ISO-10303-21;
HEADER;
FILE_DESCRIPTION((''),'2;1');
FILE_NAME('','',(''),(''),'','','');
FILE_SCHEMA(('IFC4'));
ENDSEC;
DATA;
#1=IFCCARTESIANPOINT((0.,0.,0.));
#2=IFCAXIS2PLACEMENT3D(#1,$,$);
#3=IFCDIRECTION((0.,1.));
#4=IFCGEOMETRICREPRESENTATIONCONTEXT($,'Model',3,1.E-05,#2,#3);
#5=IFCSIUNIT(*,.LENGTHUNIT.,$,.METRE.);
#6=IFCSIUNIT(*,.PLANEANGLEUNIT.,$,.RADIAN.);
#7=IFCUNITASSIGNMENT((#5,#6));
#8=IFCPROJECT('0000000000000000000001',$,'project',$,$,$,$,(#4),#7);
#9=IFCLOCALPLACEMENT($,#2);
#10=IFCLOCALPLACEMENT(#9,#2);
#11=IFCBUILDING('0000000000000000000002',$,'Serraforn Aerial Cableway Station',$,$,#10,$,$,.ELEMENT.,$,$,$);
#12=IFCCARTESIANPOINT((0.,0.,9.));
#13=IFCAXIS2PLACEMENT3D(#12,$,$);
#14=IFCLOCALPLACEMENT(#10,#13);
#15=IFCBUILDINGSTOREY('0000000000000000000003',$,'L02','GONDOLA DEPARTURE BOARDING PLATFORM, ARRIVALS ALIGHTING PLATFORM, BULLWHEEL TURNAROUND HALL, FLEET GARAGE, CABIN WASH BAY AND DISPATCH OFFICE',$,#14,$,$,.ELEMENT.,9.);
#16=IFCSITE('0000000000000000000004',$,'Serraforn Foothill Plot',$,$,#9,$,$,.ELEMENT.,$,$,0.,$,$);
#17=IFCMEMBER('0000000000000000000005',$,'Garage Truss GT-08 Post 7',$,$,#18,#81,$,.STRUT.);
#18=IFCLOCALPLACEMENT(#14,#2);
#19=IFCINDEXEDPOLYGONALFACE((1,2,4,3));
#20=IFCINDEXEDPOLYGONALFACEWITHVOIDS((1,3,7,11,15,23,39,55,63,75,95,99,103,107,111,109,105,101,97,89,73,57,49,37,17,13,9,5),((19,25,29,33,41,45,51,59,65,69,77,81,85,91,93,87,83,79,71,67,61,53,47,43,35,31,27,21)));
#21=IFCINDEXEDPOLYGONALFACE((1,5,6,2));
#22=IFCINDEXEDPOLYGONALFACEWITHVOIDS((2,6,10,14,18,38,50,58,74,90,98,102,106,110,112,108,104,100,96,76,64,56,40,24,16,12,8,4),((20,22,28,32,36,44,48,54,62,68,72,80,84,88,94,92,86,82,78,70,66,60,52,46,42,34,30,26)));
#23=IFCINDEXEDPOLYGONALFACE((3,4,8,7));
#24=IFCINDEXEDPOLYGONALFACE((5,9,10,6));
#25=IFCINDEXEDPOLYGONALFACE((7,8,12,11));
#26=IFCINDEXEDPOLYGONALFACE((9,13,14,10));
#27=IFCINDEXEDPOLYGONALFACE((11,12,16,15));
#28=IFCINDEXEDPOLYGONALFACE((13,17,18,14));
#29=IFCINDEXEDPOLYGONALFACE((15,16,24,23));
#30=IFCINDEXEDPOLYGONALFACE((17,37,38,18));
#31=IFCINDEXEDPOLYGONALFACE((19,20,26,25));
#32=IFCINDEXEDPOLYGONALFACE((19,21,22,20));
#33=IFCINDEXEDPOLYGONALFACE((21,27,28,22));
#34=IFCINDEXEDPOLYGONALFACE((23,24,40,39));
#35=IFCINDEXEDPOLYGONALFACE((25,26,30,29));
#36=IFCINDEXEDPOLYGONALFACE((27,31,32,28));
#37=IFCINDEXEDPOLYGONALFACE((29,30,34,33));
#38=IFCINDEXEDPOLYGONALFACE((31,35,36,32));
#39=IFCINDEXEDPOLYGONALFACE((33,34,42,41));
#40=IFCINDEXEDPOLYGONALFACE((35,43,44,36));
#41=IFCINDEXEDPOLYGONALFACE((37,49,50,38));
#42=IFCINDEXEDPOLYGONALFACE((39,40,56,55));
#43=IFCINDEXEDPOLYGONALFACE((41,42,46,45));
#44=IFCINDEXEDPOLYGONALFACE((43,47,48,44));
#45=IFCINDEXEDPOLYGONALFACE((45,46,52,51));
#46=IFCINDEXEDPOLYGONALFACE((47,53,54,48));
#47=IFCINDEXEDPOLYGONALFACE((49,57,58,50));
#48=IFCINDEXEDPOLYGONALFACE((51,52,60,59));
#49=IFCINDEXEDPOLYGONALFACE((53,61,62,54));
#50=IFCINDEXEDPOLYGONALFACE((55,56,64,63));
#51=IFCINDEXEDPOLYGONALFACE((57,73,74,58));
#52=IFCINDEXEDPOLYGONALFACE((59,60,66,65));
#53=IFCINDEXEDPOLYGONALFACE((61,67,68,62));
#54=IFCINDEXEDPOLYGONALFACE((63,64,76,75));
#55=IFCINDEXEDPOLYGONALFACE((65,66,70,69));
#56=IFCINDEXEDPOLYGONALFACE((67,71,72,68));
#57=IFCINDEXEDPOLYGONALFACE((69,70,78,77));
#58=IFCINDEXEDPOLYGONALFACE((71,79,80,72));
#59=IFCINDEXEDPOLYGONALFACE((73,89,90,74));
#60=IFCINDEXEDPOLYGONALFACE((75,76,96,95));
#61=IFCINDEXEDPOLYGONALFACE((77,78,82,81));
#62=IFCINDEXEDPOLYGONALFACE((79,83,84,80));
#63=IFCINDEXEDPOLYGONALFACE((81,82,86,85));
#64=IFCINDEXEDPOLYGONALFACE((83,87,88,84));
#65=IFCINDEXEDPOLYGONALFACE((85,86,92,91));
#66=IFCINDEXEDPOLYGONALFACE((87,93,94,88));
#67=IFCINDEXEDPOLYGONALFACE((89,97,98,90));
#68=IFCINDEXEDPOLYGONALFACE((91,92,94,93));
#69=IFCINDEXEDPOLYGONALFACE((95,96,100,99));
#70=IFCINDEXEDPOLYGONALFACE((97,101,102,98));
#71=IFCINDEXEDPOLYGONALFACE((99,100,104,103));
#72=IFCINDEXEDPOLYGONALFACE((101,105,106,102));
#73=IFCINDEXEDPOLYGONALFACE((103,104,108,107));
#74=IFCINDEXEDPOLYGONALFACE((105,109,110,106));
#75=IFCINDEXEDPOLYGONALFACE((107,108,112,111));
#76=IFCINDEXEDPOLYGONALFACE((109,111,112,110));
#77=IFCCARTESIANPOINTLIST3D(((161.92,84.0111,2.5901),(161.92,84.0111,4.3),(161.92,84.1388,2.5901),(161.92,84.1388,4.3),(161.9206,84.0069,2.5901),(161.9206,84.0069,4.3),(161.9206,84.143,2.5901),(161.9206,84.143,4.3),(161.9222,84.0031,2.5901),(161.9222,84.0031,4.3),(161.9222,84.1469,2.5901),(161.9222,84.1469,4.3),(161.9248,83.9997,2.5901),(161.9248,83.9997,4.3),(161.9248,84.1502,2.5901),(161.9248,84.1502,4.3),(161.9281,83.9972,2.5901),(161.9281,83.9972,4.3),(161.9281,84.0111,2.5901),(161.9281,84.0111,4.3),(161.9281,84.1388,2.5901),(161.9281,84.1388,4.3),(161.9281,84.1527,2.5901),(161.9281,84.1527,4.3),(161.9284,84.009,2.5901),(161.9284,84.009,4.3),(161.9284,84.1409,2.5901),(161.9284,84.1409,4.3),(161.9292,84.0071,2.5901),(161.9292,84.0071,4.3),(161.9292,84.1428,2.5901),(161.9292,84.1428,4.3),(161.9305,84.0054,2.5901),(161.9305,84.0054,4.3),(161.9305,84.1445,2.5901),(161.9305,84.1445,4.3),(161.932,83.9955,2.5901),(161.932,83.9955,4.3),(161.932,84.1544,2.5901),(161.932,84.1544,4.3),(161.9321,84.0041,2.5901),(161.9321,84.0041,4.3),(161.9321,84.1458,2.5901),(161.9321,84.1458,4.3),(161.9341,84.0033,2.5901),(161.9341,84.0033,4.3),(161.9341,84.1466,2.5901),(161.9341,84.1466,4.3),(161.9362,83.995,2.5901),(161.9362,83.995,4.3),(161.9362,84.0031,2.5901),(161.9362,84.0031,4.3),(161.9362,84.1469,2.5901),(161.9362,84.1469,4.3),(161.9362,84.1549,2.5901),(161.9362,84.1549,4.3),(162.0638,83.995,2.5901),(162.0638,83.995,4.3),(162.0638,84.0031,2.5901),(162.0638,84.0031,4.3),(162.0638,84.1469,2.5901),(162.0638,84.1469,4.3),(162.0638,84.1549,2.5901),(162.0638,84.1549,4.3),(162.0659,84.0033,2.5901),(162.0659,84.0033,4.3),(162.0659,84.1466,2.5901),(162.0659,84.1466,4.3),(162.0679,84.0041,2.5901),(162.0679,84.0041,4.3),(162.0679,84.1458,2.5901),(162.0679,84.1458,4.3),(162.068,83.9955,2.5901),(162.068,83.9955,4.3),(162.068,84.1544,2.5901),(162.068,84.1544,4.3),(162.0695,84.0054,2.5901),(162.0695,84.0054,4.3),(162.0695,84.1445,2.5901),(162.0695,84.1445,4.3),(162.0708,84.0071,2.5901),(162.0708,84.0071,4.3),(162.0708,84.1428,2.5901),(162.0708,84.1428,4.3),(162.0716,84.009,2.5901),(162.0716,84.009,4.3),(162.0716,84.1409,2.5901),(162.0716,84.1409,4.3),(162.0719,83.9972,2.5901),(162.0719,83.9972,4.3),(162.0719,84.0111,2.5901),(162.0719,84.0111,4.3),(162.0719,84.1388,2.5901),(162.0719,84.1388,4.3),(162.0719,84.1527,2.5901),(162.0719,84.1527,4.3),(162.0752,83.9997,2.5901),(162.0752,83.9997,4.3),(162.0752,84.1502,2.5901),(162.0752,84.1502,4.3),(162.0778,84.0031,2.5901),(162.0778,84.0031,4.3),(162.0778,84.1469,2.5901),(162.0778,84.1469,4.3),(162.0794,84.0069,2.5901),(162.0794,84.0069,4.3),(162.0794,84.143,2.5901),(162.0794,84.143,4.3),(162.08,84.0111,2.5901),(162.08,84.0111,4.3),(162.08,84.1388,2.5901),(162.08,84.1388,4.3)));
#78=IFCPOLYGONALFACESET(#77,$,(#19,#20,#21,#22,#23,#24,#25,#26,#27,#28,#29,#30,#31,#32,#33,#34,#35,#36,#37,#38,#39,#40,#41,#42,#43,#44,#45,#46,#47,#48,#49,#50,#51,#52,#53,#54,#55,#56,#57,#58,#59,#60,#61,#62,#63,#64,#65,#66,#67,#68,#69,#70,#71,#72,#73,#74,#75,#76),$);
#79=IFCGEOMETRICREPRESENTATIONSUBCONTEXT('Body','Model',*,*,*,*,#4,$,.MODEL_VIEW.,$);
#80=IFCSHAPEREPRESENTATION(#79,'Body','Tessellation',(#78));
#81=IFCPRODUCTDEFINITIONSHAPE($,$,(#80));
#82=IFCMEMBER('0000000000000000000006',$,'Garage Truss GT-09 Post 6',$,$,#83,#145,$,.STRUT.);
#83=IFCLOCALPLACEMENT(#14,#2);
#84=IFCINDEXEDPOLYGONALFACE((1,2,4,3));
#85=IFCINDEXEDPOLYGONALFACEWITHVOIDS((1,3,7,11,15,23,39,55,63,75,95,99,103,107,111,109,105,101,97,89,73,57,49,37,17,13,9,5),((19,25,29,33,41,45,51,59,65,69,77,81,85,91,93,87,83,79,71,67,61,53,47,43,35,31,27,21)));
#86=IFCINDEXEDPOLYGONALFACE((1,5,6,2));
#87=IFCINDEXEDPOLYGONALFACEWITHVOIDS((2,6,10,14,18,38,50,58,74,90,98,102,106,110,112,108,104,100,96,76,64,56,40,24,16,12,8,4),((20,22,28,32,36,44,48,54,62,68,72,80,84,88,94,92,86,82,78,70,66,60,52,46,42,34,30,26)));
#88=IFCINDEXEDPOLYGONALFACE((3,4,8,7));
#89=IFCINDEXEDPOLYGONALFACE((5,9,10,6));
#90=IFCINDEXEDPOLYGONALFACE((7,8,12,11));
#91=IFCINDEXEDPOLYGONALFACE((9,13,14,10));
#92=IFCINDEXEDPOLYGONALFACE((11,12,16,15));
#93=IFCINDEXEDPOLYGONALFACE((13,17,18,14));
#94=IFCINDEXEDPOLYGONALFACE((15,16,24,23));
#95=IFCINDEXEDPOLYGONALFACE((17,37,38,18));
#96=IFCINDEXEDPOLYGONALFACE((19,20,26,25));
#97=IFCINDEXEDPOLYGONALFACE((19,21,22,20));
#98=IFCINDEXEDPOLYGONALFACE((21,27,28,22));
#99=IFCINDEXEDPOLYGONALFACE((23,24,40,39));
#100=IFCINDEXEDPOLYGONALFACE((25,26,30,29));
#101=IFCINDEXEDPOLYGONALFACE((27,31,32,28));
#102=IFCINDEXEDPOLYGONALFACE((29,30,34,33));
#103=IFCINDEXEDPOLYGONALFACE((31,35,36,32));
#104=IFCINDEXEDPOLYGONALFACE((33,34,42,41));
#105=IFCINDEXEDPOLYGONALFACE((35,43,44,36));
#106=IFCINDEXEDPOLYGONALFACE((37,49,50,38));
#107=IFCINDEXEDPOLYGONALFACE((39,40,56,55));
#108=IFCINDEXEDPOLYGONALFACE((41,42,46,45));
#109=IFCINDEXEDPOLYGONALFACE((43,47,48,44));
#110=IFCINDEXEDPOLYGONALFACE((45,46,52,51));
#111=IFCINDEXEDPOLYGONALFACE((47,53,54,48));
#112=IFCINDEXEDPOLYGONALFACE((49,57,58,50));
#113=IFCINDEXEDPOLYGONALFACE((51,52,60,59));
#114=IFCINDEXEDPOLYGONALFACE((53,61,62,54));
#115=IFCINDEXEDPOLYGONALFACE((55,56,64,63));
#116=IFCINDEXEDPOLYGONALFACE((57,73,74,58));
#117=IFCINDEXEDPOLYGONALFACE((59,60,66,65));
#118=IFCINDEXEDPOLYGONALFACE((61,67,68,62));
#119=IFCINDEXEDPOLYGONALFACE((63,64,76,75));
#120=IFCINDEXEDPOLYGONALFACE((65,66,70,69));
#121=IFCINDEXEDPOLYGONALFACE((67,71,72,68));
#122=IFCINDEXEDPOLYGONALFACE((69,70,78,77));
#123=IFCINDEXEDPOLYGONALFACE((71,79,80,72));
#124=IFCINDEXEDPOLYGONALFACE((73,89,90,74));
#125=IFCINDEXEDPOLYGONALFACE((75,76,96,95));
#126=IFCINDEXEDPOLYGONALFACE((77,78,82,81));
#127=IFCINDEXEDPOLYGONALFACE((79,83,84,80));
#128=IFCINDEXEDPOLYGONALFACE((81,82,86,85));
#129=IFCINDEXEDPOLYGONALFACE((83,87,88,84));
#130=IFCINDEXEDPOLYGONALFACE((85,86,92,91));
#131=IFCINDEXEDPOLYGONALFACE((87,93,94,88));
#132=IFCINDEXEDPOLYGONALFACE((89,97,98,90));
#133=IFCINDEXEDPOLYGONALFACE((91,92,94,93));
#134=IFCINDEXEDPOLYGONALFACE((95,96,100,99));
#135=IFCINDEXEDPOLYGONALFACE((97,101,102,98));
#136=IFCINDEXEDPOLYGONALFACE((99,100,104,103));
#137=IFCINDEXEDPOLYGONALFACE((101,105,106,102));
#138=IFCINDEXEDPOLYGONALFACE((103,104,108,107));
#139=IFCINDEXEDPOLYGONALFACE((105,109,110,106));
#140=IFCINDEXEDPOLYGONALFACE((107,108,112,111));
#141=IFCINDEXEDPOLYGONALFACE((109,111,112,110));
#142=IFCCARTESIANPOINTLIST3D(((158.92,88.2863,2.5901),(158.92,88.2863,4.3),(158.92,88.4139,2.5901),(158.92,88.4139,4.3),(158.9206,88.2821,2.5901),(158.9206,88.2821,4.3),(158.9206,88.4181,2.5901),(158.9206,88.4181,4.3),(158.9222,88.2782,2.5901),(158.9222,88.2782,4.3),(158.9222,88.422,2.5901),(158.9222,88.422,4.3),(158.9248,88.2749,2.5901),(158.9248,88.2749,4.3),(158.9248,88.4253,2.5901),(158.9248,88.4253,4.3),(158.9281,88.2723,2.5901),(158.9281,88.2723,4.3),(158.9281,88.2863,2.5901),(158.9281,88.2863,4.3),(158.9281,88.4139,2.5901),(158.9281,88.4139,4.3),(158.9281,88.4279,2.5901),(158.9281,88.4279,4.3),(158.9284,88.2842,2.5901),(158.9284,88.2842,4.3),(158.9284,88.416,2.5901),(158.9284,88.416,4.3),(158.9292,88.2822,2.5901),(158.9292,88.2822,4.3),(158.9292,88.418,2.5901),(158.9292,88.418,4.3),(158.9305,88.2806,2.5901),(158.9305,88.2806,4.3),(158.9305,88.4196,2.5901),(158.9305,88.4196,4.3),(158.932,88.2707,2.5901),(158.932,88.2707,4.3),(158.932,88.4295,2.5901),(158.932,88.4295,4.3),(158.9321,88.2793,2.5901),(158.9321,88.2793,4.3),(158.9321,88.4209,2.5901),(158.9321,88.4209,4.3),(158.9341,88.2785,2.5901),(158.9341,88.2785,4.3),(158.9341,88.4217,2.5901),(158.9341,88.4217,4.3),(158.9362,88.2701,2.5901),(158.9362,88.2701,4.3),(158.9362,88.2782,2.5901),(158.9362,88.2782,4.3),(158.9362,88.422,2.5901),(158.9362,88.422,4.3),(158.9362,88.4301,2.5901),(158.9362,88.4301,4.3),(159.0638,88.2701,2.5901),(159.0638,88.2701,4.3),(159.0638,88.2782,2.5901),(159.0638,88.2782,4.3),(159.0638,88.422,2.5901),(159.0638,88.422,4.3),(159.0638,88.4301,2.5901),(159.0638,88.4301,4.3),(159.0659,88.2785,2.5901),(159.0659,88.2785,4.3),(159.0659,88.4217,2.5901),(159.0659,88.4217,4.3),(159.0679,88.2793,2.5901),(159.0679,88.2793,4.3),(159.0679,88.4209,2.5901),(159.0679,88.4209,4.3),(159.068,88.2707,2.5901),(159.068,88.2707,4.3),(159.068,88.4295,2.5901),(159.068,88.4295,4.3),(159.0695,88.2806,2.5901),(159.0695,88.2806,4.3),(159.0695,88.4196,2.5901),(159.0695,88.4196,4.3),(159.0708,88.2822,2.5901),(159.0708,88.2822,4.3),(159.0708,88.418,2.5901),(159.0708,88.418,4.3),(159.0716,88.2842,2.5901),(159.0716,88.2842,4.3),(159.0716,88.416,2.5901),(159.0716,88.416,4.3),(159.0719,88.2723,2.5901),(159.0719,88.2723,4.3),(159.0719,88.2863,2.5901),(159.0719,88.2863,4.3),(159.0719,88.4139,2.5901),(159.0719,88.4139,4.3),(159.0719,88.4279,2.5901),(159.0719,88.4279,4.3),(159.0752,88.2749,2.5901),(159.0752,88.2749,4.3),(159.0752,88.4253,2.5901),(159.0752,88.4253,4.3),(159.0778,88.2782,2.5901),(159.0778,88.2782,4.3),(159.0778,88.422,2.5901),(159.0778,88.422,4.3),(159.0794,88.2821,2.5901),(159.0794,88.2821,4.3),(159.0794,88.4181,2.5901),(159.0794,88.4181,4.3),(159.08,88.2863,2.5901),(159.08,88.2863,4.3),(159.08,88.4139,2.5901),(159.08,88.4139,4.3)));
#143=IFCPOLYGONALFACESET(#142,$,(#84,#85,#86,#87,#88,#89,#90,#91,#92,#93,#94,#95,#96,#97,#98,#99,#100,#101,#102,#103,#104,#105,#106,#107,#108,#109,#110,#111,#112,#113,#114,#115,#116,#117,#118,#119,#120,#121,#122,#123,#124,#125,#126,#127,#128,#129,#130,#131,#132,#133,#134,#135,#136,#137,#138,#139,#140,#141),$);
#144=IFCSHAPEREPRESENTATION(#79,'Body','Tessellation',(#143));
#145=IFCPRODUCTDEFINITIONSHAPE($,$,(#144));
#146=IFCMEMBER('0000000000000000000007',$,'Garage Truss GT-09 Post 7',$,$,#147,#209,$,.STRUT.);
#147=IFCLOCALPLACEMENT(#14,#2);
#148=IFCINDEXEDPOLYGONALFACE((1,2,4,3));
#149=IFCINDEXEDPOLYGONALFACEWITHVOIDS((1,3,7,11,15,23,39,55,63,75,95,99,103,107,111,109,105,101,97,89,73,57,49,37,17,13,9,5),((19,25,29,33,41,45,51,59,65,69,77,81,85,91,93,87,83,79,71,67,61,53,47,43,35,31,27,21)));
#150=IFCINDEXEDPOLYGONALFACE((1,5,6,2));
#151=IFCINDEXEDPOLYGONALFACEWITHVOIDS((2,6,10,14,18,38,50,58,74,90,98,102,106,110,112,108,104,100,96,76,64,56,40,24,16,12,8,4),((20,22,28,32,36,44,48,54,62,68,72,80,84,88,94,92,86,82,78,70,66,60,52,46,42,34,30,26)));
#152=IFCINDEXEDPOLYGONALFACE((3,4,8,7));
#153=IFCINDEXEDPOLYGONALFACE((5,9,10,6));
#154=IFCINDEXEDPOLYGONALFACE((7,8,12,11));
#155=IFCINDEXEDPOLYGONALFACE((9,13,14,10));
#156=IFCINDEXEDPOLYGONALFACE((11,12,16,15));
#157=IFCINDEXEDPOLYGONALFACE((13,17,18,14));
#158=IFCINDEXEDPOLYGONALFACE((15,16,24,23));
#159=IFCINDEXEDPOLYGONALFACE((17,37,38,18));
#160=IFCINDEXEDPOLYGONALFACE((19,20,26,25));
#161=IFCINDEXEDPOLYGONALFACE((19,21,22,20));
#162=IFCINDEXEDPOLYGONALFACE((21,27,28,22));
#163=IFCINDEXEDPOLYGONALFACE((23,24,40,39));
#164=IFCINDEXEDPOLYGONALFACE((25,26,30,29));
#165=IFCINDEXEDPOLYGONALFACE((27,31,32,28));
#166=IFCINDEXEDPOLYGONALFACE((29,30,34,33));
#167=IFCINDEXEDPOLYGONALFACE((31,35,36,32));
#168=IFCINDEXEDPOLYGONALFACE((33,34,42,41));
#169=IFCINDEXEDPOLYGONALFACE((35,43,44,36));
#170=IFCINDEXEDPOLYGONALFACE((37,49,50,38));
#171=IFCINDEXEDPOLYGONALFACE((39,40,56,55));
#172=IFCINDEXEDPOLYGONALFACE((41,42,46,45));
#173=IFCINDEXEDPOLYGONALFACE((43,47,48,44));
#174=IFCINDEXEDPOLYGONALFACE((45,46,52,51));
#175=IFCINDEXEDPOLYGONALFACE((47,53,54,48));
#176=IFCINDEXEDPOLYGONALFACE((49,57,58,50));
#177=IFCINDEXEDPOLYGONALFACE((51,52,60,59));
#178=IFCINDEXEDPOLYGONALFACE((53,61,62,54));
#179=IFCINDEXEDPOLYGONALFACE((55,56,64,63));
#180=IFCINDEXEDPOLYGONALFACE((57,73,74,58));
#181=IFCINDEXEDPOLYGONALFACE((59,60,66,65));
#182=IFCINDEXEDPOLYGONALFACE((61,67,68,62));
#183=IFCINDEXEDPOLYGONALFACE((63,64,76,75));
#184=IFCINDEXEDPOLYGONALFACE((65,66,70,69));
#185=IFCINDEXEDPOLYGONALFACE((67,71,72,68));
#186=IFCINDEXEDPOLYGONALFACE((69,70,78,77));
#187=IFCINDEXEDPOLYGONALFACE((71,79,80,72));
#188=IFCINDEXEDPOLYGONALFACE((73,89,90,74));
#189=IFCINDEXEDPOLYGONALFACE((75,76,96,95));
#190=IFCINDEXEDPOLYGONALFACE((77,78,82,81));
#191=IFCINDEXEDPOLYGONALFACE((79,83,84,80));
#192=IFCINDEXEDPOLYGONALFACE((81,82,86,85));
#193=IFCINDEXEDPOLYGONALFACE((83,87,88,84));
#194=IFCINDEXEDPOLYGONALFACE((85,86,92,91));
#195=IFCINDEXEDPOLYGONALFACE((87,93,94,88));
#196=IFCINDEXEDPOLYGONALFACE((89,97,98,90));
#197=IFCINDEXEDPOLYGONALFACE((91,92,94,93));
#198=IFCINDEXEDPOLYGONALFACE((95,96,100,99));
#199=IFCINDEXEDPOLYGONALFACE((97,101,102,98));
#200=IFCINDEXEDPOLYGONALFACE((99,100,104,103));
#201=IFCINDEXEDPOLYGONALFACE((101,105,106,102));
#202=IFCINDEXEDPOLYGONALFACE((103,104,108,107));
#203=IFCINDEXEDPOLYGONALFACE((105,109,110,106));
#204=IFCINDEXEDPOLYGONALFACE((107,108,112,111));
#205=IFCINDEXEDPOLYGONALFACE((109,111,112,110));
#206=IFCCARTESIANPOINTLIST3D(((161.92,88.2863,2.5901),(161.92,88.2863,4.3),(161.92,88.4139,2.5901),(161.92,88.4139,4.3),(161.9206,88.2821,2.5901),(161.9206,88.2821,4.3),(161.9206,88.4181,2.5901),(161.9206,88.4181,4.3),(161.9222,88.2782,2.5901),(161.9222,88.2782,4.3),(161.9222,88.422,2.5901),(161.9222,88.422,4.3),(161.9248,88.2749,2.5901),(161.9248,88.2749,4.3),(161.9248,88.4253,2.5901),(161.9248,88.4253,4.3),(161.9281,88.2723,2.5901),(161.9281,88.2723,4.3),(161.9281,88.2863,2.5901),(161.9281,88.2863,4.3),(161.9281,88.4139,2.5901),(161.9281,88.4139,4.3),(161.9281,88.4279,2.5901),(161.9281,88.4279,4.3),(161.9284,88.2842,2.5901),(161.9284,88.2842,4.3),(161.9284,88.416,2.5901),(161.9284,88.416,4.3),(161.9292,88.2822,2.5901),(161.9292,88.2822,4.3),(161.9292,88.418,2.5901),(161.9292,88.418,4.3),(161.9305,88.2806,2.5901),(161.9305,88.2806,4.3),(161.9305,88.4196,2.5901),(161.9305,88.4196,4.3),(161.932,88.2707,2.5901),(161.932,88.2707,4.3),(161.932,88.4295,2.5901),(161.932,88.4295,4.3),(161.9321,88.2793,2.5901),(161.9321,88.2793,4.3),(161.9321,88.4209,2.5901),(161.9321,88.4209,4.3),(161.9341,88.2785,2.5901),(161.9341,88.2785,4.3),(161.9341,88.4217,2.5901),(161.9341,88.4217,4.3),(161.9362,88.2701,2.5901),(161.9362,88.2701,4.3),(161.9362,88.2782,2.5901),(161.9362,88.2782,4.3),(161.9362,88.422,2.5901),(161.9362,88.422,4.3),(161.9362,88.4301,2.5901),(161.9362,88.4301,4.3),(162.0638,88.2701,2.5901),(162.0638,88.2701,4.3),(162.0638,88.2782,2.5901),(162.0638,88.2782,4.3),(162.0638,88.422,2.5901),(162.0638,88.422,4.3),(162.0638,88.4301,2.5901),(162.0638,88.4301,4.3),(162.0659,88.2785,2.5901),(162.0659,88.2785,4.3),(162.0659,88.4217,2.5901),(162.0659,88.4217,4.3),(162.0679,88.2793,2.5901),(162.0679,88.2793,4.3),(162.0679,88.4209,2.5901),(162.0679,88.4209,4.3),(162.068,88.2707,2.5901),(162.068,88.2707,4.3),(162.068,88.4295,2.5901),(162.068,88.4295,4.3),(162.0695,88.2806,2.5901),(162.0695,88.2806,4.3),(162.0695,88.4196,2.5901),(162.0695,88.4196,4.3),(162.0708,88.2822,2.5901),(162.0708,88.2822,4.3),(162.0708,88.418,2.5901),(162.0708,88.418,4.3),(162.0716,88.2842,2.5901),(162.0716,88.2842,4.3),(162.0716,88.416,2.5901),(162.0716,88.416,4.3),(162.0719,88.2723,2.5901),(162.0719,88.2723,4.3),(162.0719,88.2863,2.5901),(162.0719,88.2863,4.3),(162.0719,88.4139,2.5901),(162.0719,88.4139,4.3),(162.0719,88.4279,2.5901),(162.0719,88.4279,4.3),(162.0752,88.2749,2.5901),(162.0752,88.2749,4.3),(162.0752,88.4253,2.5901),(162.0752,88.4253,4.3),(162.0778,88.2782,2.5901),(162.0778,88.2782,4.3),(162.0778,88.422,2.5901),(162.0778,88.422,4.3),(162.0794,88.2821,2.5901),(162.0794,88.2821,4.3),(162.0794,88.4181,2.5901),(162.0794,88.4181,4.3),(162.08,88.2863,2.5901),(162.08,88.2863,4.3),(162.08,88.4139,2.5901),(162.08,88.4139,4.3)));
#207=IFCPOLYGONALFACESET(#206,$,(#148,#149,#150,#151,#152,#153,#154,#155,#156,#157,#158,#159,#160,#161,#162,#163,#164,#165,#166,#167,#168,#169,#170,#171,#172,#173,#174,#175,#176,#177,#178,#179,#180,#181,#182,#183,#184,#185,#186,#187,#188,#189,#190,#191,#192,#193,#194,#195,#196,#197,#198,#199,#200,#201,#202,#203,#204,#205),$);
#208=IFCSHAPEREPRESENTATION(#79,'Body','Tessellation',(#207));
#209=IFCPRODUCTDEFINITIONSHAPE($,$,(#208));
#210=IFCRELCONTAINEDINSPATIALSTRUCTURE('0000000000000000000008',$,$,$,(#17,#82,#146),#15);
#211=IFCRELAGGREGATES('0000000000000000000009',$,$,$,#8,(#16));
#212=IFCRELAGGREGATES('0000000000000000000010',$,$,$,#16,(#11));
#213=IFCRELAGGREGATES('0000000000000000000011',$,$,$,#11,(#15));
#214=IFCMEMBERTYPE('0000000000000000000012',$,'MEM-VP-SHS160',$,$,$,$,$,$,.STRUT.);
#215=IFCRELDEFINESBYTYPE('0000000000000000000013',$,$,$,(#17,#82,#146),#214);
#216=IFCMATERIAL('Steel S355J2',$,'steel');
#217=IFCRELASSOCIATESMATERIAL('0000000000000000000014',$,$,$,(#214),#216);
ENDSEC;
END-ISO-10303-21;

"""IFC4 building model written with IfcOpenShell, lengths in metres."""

from ifc_helpers import new_model, si_unit, direction, frame, origin, origin_2d, place, context, subcontext, project, spatial, hollow_rectangle, extrude, material, material_profile, profile_set, type_object, element, save


model = new_model("IFC4")

# Units and contexts
model_context = context("Model", 3, precision=1e-05, world=origin(), true_north=direction((0.0, 1.0)))
body_context = subcontext(model_context, "Body", "Model", "MODEL_VIEW")
ifc_project = project(units=[si_unit("LENGTHUNIT", "METRE"), si_unit("PLANEANGLEUNIT", "RADIAN")], contexts=[model_context])

# Site, building, storey
site_placement = place(None, origin())
site = spatial("IfcSite", under=ifc_project, at=site_placement, Name="Serraforn Foothill Plot", CompositionType="ELEMENT", RefElevation=0.0)
building_placement = place(site_placement, origin())
building = spatial("IfcBuilding", under=site, at=building_placement, Name="Serraforn Aerial Cableway Station", CompositionType="ELEMENT")
storey_placement = place(building_placement, frame((0.0, 0.0, 9.0)))
storey = spatial("IfcBuildingStorey", under=building, at=storey_placement, Name="L02", Description="GONDOLA DEPARTURE BOARDING PLATFORM, ARRIVALS ALIGHTING PLATFORM, BULLWHEEL TURNAROUND HALL, FLEET GARAGE, CABIN WASH BAY AND DISPATCH OFFICE", CompositionType="ELEMENT", Elevation=9.0)

# Members
ifc_material_1 = material(Name="Steel S355J2", Category="steel")
ifc_material_profile_1 = material_profile(ifc_material_1, hollow_rectangle(XDim=0.1599, YDim=0.1599, WallThickness=0.0081, InnerFilletRadius=0.0081, OuterFilletRadius=0.0161, at=origin_2d()), Name="SHS 160x160x8.0")
ifc_profile_set_1 = profile_set([ifc_material_profile_1], Name="Steel S355J2")
member_type_1 = type_object("IfcMemberType", Name="MEM-VP-SHS160", PredefinedType="STRUT", material=ifc_profile_set_1)
for number, where, z_axis, x_axis, name in (
    (1, (162.0, 84.075, 2.5901), (0.0, 0.0, 1.0), (1.0, 0.0, 0.0), "Garage Truss GT-08 Post 7"),
    (2, (159.0, 88.3501, 2.5901), (0.0, 0.0, 1.0), (1.0, 0.0, 0.0), "Garage Truss GT-09 Post 6"),
    (3, (162.0, 88.3501, 2.5901), (0.0, 0.0, 1.0), (1.0, 0.0, 0.0), "Garage Truss GT-09 Post 7"),
):
    element("IfcMember", number, at=place(storey_placement, frame(where, z_axis=z_axis, x_axis=x_axis)), inside=storey, type_object=member_type_1, Name=name, PredefinedType="STRUT", context=body_context, shape_type="SweptSolid", body=[
        extrude(hollow_rectangle(XDim=0.1599, YDim=0.1599, WallThickness=0.0081, InnerFilletRadius=0.0081, OuterFilletRadius=0.0161, at=origin_2d()), origin(), (0.0, 0.0, 1.0), 1.71),
    ])

save(model, "model.ifc")
